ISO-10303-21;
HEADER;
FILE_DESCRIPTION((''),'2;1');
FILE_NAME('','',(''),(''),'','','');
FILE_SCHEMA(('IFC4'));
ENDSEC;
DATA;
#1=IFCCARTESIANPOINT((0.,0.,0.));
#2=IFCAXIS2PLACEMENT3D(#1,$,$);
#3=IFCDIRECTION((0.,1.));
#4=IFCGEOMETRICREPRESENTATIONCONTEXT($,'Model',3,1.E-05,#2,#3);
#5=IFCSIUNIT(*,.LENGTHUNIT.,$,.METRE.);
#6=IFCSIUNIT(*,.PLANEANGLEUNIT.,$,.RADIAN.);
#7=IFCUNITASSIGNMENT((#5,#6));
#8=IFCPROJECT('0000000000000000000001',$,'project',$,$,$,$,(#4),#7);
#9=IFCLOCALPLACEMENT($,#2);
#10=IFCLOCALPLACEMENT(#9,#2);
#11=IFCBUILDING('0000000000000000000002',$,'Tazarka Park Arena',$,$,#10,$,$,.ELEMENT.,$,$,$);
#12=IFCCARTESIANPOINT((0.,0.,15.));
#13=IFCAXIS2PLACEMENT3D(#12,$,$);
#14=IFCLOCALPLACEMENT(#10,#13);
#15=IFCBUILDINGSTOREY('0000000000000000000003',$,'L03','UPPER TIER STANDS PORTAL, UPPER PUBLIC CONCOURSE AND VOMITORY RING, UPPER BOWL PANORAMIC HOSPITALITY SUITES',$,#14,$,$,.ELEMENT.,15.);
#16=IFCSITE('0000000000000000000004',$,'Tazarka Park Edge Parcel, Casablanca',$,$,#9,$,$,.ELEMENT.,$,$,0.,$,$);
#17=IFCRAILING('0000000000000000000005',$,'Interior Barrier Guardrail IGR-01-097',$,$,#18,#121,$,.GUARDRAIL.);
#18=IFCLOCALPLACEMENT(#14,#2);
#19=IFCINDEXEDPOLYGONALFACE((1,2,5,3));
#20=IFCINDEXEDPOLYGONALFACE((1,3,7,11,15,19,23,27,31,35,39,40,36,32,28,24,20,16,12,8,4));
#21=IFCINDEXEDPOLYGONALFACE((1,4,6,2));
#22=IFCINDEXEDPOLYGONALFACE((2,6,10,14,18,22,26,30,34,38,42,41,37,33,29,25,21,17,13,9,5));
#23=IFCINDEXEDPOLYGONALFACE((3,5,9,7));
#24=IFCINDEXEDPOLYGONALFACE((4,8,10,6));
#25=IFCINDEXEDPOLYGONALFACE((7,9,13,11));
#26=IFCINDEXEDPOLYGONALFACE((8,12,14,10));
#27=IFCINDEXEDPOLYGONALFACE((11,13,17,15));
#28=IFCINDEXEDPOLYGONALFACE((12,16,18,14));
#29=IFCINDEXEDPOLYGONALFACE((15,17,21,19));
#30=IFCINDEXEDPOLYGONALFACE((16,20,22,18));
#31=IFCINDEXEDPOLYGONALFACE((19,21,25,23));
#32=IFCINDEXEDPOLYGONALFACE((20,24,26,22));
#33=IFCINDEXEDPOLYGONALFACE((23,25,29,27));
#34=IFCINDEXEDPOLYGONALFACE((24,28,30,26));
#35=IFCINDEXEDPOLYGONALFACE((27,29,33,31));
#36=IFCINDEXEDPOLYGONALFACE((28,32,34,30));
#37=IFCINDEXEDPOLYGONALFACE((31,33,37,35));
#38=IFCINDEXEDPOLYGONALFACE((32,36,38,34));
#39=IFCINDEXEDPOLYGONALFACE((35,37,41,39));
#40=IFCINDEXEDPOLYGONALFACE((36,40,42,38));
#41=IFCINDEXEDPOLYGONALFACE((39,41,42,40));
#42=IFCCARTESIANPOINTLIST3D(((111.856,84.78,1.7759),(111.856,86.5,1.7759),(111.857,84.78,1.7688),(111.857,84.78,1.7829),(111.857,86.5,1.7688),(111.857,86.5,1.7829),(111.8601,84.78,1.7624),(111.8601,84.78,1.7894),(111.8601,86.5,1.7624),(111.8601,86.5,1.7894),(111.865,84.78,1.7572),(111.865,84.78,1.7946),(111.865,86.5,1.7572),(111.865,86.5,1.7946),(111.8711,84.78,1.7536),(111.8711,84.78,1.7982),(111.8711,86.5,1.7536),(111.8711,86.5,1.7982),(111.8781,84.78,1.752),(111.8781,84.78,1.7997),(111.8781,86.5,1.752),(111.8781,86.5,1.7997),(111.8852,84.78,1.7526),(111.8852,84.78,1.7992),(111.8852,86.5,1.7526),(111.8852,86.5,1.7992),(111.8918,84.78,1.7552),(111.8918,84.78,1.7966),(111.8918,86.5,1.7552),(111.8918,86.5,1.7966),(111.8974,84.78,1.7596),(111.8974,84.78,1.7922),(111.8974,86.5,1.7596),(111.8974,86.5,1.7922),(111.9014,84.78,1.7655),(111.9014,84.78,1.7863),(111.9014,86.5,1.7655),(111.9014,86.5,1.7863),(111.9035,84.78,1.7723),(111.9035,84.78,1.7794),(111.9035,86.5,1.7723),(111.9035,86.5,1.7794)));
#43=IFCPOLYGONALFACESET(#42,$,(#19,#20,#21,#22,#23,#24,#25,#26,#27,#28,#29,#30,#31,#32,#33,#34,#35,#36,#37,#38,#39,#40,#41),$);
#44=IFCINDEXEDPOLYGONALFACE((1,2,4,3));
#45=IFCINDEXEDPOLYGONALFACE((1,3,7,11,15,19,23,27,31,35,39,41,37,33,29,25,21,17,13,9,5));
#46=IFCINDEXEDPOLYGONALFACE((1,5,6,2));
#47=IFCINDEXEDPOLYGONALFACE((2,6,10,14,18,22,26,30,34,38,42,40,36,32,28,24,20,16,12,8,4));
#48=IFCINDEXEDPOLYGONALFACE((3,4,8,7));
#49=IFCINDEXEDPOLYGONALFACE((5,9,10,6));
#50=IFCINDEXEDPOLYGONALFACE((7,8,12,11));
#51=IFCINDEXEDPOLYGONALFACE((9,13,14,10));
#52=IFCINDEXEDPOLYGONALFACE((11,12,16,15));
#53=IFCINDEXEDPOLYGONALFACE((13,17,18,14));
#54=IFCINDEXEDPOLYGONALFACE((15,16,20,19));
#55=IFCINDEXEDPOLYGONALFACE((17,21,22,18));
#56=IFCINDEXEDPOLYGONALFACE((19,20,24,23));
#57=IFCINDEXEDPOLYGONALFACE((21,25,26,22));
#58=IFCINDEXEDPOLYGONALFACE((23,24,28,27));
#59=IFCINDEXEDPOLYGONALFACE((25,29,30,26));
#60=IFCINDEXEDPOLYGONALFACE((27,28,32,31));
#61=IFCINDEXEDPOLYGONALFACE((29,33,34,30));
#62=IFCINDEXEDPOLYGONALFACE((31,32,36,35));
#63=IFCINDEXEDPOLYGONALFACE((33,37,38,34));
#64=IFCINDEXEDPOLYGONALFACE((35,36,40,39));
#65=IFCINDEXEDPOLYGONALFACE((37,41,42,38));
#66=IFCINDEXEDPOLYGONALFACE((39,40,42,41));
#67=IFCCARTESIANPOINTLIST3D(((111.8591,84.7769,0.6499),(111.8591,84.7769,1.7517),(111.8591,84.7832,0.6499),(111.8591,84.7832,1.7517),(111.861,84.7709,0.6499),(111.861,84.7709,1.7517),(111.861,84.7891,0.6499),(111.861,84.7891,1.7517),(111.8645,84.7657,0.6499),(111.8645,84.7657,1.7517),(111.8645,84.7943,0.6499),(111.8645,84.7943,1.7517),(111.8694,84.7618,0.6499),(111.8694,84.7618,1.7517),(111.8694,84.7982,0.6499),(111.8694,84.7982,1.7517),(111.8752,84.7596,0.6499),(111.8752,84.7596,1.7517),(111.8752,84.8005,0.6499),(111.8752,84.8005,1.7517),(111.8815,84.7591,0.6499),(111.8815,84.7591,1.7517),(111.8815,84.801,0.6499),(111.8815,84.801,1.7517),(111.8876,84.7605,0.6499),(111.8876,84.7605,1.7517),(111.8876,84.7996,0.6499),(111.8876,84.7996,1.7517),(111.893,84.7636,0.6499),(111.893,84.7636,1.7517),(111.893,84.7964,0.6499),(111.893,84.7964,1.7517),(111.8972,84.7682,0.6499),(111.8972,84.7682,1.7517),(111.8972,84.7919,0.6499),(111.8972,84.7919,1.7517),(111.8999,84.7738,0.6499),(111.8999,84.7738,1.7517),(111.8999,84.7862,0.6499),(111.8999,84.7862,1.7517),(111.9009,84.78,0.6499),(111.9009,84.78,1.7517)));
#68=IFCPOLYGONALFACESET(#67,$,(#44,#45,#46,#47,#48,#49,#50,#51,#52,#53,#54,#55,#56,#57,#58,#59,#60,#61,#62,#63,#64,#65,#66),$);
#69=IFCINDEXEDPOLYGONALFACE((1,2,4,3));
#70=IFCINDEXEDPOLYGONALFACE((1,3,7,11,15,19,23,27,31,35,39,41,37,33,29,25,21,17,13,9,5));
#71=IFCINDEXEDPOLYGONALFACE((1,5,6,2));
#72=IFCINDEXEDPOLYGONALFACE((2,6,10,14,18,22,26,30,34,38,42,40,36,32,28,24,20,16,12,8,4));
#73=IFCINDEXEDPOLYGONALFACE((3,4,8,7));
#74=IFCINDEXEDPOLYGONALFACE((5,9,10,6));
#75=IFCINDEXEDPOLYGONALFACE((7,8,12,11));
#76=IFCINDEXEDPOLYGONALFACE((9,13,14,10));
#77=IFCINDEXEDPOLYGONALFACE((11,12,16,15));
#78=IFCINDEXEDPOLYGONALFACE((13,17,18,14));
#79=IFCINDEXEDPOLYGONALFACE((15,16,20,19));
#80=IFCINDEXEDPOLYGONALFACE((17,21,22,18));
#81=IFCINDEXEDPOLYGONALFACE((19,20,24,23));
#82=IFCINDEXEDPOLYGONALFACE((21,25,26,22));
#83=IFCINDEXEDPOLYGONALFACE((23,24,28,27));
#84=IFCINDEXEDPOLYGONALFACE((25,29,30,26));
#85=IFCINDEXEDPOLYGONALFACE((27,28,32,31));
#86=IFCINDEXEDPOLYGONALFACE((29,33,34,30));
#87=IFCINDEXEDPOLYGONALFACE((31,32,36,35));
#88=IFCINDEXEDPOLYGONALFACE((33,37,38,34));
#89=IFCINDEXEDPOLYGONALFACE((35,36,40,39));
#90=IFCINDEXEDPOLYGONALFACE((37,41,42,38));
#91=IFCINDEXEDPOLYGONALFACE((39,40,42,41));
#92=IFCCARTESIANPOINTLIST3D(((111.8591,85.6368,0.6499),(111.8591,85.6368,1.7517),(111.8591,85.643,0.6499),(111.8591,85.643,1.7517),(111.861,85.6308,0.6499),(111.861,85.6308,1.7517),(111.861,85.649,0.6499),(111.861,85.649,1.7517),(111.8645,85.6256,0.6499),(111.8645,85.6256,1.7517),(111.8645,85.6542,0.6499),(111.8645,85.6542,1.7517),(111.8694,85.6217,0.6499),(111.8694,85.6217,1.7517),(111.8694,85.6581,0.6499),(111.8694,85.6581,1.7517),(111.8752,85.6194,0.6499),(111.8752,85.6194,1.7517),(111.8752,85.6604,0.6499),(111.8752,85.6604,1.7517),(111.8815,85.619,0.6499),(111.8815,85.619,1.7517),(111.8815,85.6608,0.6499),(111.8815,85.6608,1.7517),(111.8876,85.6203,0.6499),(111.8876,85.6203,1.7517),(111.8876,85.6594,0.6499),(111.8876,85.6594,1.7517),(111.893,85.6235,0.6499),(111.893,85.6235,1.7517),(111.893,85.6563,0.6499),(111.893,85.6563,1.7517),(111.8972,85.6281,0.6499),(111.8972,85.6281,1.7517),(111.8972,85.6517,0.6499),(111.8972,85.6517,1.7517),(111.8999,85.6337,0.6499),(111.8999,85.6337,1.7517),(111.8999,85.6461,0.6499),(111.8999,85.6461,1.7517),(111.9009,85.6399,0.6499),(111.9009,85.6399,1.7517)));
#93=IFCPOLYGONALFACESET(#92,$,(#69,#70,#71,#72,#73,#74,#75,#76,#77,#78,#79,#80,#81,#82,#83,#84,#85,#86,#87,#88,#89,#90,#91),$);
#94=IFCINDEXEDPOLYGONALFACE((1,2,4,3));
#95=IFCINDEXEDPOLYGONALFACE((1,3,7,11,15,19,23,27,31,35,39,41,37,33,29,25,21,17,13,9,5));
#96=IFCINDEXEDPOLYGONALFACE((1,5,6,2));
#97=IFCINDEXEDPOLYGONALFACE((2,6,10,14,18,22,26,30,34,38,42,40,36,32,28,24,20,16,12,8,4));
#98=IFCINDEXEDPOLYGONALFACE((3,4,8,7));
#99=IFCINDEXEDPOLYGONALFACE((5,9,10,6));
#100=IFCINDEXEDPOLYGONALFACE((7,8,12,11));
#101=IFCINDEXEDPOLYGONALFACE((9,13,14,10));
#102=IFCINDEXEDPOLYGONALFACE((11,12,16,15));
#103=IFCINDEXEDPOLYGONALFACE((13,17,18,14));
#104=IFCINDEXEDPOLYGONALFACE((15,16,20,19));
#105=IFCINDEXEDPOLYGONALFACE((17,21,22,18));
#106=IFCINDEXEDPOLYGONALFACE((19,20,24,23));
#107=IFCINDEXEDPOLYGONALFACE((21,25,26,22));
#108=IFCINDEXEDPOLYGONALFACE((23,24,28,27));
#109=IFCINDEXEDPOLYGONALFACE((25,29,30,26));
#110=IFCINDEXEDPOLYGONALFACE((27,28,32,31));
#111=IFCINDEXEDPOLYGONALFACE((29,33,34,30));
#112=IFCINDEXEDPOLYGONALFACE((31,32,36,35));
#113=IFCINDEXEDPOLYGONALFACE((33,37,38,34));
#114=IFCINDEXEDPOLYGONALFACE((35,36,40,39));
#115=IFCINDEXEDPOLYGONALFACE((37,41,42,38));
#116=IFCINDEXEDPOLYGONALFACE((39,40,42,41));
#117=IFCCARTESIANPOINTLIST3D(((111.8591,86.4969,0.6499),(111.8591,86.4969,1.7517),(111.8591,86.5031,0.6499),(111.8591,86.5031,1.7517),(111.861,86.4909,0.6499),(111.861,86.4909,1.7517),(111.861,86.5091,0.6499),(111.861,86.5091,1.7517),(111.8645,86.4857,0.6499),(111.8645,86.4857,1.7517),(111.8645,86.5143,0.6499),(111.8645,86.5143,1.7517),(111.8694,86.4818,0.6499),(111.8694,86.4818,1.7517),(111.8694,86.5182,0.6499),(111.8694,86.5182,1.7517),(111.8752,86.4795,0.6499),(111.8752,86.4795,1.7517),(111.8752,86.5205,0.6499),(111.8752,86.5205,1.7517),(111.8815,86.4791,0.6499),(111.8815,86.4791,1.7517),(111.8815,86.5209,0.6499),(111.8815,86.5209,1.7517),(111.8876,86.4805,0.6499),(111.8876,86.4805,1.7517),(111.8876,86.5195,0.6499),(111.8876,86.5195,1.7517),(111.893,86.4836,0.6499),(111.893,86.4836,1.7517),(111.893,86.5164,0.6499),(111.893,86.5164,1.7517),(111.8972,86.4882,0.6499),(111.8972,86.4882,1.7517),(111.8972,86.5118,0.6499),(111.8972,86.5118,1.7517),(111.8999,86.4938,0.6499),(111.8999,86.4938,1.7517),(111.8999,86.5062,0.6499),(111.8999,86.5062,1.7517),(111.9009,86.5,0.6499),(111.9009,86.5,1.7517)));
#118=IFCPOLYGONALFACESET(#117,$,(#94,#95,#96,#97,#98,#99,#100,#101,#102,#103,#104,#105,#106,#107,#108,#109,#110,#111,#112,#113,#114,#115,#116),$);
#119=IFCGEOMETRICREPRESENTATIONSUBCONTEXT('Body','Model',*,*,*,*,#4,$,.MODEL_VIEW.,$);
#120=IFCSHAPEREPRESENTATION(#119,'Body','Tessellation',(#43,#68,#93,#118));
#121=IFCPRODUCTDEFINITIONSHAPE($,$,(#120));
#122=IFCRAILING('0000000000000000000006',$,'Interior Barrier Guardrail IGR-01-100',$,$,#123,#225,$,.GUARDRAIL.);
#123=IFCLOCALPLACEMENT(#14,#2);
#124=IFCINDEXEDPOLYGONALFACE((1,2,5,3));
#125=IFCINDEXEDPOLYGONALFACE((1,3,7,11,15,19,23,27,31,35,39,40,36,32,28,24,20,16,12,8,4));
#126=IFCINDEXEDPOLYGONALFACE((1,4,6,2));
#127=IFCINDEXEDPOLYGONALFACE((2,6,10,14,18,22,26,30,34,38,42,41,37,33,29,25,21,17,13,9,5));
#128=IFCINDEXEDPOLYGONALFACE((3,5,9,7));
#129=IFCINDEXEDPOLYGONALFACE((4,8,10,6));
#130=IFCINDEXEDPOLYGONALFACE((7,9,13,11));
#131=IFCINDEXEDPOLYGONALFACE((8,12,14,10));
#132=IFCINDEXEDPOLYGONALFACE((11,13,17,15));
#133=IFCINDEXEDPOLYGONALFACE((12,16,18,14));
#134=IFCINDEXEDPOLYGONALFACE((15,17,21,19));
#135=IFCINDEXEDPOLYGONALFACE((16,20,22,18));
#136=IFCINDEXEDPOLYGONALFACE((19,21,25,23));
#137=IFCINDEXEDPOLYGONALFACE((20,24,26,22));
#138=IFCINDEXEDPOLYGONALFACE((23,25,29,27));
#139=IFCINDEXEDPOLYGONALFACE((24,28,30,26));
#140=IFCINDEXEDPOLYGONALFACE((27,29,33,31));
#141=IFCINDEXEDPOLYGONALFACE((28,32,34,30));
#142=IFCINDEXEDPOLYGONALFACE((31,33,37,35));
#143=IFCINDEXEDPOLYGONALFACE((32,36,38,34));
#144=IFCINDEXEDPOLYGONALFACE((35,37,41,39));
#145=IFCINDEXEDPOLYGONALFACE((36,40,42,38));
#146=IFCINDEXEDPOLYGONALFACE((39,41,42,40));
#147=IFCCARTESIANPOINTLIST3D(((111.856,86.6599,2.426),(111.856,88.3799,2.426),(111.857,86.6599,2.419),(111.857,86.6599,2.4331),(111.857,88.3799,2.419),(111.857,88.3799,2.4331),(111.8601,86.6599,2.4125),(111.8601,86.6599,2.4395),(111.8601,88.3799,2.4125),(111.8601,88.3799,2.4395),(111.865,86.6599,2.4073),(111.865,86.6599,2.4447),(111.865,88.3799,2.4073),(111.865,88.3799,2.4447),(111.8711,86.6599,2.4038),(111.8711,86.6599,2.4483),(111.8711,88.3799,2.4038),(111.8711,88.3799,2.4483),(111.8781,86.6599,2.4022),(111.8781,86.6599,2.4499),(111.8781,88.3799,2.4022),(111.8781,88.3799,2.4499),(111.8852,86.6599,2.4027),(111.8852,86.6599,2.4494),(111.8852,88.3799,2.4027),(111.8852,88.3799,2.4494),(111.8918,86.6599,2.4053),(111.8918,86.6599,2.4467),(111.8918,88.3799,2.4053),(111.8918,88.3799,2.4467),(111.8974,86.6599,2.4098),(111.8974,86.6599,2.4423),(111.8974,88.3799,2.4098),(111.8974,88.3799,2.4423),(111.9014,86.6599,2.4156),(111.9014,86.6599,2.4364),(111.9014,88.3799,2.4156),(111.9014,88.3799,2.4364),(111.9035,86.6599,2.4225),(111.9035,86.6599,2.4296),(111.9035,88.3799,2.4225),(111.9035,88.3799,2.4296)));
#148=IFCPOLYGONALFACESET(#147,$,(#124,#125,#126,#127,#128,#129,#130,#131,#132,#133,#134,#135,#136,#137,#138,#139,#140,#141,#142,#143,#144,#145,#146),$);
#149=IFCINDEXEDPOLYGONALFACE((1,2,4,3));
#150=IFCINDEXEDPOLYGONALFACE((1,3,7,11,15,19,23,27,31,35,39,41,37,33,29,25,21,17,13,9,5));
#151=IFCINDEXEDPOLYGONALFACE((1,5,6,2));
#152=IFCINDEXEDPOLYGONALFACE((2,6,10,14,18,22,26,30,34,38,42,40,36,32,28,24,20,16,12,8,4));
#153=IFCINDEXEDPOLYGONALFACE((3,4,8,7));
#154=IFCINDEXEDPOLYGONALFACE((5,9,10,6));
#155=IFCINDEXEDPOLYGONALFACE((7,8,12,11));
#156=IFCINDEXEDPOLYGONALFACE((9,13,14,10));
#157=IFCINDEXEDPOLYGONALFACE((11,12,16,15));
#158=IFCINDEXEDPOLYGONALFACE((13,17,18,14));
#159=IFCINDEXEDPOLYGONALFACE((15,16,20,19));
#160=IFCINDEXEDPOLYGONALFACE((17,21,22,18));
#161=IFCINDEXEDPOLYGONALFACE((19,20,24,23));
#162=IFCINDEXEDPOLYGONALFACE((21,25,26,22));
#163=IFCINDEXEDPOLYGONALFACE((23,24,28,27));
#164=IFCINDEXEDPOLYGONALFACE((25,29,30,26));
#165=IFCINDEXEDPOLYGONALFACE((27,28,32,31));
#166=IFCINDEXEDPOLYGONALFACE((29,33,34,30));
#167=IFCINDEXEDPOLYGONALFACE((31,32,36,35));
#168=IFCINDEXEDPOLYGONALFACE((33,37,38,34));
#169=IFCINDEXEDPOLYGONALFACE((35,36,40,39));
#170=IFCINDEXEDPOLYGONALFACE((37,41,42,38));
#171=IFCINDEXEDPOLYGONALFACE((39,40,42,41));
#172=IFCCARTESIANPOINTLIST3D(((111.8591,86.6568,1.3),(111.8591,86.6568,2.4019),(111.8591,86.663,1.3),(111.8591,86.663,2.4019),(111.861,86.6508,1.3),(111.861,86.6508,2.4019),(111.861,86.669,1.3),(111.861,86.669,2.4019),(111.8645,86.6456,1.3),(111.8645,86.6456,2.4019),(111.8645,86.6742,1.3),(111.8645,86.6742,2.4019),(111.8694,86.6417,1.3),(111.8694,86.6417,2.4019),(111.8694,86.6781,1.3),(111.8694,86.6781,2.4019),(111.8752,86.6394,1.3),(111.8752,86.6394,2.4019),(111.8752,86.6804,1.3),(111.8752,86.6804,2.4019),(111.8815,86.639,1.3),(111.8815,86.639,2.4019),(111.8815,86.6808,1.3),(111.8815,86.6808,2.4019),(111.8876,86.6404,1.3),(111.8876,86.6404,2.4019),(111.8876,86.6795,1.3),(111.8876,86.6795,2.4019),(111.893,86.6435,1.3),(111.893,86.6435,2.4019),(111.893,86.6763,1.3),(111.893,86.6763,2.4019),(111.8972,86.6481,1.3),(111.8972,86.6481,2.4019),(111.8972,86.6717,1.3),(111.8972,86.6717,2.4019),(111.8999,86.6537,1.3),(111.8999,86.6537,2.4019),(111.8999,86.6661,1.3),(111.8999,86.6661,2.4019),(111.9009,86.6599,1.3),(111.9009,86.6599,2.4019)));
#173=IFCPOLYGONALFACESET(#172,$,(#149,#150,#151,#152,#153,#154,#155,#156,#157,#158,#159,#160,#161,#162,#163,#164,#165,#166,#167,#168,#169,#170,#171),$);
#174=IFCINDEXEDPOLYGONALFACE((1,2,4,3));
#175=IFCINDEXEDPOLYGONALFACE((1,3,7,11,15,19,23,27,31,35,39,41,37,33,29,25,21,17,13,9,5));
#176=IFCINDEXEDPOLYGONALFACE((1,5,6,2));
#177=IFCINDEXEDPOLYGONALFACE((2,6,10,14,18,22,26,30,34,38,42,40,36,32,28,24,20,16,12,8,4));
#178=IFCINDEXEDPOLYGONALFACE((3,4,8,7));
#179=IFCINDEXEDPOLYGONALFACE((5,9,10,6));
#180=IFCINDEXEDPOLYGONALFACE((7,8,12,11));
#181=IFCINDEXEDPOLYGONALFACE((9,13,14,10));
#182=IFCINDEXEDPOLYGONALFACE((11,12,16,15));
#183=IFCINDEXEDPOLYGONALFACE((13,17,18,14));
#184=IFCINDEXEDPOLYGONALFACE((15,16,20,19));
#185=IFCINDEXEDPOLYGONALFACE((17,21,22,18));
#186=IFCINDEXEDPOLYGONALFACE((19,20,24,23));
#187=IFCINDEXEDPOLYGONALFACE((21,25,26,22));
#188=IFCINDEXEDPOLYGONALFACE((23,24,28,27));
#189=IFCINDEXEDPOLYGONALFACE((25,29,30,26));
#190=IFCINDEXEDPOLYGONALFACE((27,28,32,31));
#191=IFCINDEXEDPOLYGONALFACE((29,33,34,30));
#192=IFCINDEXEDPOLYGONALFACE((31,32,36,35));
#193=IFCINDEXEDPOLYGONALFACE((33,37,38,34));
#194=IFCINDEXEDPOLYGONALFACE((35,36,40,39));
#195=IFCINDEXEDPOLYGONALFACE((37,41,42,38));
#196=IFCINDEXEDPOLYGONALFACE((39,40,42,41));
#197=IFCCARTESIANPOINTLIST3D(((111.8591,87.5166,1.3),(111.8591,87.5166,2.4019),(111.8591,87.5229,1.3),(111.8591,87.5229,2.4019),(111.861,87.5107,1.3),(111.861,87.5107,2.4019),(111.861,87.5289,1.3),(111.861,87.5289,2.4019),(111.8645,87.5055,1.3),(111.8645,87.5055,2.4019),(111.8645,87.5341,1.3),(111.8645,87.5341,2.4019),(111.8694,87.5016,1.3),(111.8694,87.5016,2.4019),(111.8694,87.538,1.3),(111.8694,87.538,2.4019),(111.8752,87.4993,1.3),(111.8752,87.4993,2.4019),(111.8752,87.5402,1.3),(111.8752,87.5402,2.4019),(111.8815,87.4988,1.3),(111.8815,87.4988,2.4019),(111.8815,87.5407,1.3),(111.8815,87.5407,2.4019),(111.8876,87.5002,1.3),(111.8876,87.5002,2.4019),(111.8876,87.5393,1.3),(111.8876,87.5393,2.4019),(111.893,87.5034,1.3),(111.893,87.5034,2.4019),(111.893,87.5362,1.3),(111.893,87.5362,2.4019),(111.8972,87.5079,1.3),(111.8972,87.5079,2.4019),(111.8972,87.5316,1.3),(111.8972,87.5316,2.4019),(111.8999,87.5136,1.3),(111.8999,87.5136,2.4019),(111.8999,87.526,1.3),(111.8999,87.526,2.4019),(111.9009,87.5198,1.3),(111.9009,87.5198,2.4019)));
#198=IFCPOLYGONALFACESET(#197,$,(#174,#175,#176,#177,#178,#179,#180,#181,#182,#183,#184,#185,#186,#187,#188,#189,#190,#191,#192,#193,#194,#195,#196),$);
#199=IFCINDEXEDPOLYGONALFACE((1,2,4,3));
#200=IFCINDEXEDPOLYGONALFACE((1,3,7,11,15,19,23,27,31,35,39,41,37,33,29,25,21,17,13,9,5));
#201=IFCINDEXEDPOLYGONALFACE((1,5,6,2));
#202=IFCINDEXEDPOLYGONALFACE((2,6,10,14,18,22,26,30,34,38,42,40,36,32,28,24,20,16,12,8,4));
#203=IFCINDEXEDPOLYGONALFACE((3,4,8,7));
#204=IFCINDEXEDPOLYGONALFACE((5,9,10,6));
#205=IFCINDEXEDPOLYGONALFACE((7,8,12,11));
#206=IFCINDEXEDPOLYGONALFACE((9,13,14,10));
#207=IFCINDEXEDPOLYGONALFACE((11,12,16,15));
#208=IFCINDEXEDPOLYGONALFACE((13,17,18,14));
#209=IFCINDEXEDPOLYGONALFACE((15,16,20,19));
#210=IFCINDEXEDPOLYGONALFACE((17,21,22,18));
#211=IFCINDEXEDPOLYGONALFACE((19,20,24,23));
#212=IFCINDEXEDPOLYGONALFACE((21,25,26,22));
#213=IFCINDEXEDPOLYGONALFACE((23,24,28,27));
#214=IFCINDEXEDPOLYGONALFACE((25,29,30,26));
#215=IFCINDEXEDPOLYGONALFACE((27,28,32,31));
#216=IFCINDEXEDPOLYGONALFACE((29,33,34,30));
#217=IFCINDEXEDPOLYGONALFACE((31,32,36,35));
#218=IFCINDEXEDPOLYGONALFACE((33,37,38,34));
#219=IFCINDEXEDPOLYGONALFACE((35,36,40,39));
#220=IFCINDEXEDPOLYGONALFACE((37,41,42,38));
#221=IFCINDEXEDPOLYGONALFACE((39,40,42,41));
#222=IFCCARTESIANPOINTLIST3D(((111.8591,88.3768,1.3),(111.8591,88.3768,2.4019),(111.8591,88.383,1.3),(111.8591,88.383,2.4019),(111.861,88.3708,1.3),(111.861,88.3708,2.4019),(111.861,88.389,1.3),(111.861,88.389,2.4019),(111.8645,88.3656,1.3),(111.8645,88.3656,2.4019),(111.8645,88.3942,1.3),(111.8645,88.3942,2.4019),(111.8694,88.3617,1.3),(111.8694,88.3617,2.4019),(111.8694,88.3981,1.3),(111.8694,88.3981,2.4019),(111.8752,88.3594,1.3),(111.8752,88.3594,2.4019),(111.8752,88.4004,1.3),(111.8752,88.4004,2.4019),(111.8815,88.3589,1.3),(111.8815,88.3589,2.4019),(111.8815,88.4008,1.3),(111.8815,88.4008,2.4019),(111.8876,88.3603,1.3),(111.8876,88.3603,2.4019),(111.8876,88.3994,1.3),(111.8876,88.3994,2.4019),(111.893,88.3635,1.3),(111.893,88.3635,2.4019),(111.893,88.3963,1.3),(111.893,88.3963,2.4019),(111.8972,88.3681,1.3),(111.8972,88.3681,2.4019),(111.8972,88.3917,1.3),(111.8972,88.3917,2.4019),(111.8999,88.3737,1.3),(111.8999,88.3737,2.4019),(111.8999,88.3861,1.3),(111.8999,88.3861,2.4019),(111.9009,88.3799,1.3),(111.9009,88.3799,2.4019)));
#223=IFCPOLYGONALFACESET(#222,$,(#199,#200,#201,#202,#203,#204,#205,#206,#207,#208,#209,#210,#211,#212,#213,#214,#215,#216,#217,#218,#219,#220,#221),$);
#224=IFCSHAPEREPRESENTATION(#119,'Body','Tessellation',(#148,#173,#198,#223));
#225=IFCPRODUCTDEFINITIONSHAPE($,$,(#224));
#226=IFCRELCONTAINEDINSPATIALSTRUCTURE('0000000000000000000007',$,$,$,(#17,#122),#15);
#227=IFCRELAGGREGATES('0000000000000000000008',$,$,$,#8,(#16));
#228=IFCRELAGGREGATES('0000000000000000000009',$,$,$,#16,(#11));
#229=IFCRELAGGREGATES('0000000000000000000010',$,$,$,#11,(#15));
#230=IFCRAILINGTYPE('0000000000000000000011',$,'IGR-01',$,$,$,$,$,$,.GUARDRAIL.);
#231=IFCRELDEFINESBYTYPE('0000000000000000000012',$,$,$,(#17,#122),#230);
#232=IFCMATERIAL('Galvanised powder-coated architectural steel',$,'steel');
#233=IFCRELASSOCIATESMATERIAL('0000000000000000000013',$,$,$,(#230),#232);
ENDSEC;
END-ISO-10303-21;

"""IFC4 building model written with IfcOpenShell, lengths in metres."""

from ifc_helpers import new_model, si_unit, direction, frame, origin, origin_2d, place, context, subcontext, project, spatial, circle, extrude, material, type_object, element, save


model = new_model("IFC4")

# Units and contexts
model_context = context("Model", 3, precision=1e-05, world=origin(), true_north=direction((0.0, 1.0)))
body_context = subcontext(model_context, "Body", "Model", "MODEL_VIEW")
ifc_project = project(units=[si_unit("LENGTHUNIT", "METRE"), si_unit("PLANEANGLEUNIT", "RADIAN")], contexts=[model_context])

# Site, building, storey
site_placement = place(None, origin())
site = spatial("IfcSite", under=ifc_project, at=site_placement, Name="Tazarka Park Edge Parcel, Casablanca", CompositionType="ELEMENT", RefElevation=0.0)
building_placement = place(site_placement, origin())
building = spatial("IfcBuilding", under=site, at=building_placement, Name="Tazarka Park Arena", CompositionType="ELEMENT")
storey_placement = place(building_placement, frame((0.0, 0.0, 15.0)))
storey = spatial("IfcBuildingStorey", under=building, at=storey_placement, Name="L03", Description="UPPER TIER STANDS PORTAL, UPPER PUBLIC CONCOURSE AND VOMITORY RING, UPPER BOWL PANORAMIC HOSPITALITY SUITES", CompositionType="ELEMENT", Elevation=15.0)

# Railings
ifc_material_1 = material(Name="Galvanised powder-coated architectural steel", Category="steel")
railing_type = type_object("IfcRailingType", Name="IGR-01", PredefinedType="GUARDRAIL", material=ifc_material_1)
for number, where, name in (
    (1, (111.8799, 84.78, 0.6499), "Interior Barrier Guardrail IGR-01-097"),
    (2, (111.8799, 86.6599, 1.3), "Interior Barrier Guardrail IGR-01-100"),
):
    element("IfcRailing", number, at=place(storey_placement, frame(where)), inside=storey, type_object=railing_type, Name=name, PredefinedType="GUARDRAIL", context=body_context, shape_type="SweptSolid", body=[
        extrude(circle(Radius=0.0239, at=origin_2d()), frame((0.0, 0.0, 1.126), z_axis=(0.0, 1.0, 0.0), x_axis=(-1.0, 0.0, 0.0)), (0.0, 0.0, 1.0), 1.72),
        extrude(circle(Radius=0.021, at=origin_2d()), origin(), (0.0, 0.0, 1.0), 1.1018),
        extrude(circle(Radius=0.021, at=origin_2d()), frame((0.0, 0.8599, 0.0)), (0.0, 0.0, 1.0), 1.1018),
        extrude(circle(Radius=0.021, at=origin_2d()), frame((0.0, 1.72, 0.0)), (0.0, 0.0, 1.0), 1.1018),
    ])

save(model, "model.ifc")
